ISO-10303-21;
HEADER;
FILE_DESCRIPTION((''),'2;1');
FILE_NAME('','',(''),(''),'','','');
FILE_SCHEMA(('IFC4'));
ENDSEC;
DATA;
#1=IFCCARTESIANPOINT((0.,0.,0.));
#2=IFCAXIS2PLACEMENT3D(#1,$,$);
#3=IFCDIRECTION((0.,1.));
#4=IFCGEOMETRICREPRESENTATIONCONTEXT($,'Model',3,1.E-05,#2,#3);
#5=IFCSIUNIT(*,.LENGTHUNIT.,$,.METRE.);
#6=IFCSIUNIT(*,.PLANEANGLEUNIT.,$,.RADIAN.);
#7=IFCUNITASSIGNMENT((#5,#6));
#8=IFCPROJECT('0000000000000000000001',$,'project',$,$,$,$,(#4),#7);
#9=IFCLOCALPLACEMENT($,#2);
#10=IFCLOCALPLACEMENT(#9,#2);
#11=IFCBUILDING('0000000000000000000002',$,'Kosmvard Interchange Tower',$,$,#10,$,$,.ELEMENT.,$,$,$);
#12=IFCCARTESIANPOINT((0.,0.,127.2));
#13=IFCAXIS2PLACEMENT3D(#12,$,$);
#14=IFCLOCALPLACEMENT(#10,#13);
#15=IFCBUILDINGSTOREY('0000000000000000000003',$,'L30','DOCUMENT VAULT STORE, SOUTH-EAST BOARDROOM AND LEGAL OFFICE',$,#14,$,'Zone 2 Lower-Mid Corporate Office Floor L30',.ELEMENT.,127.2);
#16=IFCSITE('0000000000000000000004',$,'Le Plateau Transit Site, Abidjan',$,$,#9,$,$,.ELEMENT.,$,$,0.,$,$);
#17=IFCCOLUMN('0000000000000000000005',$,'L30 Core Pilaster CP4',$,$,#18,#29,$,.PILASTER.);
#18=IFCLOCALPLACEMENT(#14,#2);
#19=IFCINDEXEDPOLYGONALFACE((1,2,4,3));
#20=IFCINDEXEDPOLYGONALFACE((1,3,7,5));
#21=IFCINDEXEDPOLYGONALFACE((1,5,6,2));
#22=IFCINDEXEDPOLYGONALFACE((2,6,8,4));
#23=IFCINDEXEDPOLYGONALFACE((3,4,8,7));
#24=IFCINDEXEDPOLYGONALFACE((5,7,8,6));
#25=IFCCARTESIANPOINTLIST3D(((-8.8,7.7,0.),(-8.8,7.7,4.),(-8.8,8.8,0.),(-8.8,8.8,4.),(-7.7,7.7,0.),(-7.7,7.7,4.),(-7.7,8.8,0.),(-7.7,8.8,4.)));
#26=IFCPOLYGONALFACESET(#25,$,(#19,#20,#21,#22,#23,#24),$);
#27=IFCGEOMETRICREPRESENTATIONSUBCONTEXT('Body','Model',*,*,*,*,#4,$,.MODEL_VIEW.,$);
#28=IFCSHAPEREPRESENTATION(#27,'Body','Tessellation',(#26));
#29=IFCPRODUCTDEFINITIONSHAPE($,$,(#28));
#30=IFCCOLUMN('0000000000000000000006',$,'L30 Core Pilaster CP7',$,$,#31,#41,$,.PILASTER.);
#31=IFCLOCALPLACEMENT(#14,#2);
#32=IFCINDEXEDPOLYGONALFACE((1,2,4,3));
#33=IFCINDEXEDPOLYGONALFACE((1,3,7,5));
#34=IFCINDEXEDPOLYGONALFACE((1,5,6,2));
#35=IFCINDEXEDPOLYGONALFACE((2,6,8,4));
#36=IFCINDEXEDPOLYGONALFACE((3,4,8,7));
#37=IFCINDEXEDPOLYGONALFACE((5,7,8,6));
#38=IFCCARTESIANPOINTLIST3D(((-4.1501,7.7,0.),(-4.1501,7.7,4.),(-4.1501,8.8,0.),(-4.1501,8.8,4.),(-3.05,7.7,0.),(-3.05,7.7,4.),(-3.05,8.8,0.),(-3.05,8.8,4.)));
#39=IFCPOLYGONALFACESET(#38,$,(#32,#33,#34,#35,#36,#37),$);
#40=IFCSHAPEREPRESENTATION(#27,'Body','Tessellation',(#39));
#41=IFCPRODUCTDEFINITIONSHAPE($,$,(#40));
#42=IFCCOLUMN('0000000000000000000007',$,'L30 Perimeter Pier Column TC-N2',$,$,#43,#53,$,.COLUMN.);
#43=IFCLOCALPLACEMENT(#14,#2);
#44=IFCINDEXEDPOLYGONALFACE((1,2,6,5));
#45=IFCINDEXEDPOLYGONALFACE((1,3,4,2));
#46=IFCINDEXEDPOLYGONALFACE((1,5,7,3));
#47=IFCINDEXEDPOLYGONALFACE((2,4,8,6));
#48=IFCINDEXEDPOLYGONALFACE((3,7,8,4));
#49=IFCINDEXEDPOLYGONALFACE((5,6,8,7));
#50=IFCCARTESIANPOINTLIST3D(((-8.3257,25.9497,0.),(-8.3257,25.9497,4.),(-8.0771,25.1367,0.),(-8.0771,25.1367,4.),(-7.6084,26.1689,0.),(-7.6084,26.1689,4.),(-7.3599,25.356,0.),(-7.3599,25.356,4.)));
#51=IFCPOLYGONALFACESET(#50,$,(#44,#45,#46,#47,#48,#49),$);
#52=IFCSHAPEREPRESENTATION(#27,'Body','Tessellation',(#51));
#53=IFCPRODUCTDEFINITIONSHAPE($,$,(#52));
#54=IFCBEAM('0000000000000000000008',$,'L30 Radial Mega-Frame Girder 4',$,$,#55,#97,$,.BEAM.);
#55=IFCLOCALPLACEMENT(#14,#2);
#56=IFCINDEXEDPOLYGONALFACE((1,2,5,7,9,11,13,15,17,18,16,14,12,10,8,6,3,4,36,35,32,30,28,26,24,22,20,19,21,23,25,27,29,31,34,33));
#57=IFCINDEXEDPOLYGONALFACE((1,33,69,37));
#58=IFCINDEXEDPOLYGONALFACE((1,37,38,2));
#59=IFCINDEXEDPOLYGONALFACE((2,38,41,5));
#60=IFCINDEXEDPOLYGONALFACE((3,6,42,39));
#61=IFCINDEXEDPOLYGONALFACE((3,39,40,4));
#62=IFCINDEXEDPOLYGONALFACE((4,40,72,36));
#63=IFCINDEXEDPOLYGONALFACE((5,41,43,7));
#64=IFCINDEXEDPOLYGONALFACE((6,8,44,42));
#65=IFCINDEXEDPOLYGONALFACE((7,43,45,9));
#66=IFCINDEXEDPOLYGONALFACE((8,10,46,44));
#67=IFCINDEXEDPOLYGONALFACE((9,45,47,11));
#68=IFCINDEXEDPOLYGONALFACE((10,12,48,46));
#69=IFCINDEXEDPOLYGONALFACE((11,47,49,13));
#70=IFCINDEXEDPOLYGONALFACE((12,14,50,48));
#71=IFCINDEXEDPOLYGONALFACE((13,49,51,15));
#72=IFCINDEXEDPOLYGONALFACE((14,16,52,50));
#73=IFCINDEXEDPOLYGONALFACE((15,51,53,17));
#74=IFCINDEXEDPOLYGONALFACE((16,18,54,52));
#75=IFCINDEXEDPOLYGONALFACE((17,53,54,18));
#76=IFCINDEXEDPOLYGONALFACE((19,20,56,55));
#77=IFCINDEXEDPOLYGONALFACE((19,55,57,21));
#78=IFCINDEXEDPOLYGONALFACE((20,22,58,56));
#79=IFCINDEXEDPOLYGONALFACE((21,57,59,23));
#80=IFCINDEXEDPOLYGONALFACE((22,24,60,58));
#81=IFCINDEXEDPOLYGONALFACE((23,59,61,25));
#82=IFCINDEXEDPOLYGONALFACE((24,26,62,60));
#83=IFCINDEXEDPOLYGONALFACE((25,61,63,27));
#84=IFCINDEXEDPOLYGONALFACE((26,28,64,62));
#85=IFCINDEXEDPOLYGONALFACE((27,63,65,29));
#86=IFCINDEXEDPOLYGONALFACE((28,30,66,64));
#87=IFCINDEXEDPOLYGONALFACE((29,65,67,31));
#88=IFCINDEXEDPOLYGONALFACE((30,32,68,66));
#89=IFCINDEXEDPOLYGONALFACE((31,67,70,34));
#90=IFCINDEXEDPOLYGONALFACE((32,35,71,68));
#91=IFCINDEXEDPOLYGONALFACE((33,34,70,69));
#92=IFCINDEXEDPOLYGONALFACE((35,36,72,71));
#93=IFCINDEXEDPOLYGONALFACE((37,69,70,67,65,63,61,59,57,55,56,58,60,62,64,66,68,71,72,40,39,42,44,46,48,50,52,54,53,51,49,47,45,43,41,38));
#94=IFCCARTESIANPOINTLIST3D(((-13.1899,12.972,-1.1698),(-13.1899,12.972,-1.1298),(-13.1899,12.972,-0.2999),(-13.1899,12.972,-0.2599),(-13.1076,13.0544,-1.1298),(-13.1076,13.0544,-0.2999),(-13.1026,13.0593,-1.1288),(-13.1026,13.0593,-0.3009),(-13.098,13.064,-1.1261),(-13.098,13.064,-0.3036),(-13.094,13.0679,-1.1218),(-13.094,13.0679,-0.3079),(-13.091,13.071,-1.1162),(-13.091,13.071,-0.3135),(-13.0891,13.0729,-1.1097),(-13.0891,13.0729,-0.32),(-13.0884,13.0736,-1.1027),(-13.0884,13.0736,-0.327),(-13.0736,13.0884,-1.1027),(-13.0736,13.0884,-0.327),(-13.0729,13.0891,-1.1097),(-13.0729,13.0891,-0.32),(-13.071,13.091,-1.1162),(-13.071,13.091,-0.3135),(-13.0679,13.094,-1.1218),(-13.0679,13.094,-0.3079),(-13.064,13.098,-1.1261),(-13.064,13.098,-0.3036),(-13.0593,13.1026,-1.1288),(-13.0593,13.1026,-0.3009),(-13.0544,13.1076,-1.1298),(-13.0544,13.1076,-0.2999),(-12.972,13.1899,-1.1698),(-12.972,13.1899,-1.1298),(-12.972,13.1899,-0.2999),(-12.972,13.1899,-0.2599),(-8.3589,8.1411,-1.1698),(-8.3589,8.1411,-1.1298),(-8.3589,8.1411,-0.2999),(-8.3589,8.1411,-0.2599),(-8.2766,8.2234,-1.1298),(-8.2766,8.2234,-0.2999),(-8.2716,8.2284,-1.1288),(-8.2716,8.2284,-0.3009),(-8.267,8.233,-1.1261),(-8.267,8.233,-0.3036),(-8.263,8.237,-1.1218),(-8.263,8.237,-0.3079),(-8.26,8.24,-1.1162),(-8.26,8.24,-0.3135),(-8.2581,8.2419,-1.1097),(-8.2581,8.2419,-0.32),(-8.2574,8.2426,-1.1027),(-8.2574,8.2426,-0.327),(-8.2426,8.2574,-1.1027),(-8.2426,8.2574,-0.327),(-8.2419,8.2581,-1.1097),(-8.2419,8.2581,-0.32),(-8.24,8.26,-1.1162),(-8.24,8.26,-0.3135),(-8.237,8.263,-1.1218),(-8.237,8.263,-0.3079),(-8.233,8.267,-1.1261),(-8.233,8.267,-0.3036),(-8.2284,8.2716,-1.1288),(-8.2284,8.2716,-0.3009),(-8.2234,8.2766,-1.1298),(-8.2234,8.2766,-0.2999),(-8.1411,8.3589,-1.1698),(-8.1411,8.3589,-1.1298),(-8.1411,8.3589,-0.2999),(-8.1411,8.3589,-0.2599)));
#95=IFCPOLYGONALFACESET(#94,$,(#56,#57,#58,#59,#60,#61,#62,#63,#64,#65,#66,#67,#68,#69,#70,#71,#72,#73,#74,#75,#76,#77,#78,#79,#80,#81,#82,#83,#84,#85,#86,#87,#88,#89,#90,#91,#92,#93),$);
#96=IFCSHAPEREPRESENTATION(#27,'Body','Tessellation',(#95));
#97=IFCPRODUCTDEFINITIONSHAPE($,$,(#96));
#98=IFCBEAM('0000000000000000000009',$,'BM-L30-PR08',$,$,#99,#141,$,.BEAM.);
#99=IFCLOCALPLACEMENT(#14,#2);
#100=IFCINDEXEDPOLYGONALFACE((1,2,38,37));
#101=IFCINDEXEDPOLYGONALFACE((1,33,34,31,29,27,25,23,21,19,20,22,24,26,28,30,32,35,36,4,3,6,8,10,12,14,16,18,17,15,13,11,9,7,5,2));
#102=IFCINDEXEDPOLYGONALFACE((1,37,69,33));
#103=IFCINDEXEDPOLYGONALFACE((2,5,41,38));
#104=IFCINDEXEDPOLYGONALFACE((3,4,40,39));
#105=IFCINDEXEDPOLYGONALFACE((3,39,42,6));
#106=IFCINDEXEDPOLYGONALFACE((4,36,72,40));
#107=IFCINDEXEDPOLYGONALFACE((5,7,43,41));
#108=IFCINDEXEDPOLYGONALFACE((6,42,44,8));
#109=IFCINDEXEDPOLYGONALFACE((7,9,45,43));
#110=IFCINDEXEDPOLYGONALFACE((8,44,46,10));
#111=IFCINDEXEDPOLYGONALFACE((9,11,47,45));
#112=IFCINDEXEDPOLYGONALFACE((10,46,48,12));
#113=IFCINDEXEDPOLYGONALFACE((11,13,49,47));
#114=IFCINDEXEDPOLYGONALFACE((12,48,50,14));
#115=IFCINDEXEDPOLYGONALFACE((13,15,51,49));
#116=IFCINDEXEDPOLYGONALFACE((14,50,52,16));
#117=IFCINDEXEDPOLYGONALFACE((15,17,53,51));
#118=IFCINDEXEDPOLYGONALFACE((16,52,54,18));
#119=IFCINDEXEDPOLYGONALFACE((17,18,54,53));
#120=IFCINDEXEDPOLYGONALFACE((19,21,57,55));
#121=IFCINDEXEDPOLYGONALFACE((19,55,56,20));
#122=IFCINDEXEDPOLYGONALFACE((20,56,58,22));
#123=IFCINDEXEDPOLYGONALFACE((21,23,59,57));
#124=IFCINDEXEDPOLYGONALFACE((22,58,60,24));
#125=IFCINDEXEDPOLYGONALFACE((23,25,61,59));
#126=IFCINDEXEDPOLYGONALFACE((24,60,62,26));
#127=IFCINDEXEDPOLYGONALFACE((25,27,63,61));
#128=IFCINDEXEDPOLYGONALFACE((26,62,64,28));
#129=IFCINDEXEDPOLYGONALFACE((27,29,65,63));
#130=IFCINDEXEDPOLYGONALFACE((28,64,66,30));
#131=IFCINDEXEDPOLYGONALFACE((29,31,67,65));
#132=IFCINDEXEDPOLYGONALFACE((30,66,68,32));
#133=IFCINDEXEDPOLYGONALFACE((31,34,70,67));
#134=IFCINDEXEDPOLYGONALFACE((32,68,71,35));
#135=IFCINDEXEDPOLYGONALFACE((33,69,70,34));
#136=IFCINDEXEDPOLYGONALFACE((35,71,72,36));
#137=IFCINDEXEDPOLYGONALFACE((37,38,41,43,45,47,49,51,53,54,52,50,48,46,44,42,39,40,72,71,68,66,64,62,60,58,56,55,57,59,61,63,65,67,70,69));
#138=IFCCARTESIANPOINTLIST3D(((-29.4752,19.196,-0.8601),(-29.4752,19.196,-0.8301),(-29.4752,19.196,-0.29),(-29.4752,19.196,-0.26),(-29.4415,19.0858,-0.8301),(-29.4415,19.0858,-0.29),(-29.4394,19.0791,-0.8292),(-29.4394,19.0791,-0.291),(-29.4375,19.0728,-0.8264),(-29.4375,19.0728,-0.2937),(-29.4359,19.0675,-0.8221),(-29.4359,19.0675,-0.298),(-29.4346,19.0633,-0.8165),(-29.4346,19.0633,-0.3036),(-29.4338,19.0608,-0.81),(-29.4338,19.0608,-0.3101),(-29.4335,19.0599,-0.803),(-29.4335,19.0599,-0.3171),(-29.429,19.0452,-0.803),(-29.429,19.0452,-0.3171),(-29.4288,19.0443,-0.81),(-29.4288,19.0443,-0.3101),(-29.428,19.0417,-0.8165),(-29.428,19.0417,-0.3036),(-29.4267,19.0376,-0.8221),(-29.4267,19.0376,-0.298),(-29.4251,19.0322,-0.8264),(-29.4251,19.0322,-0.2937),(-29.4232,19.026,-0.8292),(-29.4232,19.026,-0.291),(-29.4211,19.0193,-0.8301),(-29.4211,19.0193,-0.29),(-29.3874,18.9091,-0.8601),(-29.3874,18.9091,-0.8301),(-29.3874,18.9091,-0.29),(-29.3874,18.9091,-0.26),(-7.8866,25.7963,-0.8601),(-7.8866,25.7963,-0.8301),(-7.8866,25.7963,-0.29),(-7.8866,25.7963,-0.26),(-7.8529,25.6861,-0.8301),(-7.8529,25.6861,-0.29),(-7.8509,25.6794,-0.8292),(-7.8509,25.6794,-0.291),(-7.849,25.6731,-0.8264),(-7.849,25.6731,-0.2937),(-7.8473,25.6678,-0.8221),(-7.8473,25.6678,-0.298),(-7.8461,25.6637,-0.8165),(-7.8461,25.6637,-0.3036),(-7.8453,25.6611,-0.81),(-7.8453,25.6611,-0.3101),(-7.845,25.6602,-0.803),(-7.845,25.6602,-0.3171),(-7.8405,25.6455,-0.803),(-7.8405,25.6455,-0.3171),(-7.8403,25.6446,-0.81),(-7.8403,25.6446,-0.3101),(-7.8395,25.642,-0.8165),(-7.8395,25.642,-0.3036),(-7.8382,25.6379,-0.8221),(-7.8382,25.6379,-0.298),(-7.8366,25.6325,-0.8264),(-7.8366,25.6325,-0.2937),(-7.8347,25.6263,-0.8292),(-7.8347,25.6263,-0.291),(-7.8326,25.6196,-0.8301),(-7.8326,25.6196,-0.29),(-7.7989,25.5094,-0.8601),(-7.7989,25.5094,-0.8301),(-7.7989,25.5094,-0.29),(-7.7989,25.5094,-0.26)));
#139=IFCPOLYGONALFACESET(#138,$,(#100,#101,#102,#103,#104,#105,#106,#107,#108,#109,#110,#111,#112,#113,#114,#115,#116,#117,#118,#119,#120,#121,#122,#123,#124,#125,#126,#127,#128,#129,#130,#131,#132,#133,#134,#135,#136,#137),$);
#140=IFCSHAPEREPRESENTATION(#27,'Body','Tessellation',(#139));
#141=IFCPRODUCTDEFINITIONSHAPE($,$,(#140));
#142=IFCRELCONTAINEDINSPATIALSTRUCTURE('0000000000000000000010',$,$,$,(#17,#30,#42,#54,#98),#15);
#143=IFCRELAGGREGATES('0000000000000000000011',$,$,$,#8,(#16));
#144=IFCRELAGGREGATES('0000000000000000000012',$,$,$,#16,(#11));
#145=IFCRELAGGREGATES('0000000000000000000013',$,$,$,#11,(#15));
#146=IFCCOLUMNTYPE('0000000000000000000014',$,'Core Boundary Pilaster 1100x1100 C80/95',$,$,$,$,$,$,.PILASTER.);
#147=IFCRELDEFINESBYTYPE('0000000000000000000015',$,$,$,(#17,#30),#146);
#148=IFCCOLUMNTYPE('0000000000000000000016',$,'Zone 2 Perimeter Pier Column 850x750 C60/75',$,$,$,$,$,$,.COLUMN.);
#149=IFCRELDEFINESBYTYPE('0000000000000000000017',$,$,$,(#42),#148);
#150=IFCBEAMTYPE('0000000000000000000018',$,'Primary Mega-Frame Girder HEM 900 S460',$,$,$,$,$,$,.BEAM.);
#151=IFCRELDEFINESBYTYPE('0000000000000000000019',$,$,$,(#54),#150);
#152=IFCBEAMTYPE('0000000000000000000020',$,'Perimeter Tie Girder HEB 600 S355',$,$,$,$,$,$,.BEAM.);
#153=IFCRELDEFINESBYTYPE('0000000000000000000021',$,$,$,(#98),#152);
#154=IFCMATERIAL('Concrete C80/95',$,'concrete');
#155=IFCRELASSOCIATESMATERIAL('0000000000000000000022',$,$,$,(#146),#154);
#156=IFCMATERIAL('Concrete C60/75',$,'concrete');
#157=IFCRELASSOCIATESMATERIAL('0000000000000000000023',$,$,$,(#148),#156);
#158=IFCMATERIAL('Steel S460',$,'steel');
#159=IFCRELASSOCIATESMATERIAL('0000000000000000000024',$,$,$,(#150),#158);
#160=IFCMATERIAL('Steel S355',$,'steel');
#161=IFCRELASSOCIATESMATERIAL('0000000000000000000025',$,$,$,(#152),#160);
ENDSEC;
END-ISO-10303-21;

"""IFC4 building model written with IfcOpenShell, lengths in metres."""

from ifc_helpers import new_model, si_unit, direction, frame, origin, origin_2d, place, context, subcontext, project, spatial, rectangle, i_section, extrude, source, transform, mapped, material, material_profile, profile_set, type_object, element, save


model = new_model("IFC4")

# Units and contexts
model_context = context("Model", 3, precision=1e-05, world=origin(), true_north=direction((0.0, 1.0)))
body_context = subcontext(model_context, "Body", "Model", "MODEL_VIEW")
ifc_project = project(units=[si_unit("LENGTHUNIT", "METRE"), si_unit("PLANEANGLEUNIT", "RADIAN")], contexts=[model_context])

# Site, building, storey
site_placement = place(None, origin())
site = spatial("IfcSite", under=ifc_project, at=site_placement, Name="Le Plateau Transit Site, Abidjan", CompositionType="ELEMENT", RefElevation=0.0)
building_placement = place(site_placement, origin())
building = spatial("IfcBuilding", under=site, at=building_placement, Name="Kosmvard Interchange Tower", CompositionType="ELEMENT")
storey_placement = place(building_placement, frame((0.0, 0.0, 127.2)))
storey = spatial("IfcBuildingStorey", under=building, at=storey_placement, Name="L30", Description="DOCUMENT VAULT STORE, SOUTH-EAST BOARDROOM AND LEGAL OFFICE", LongName="Zone 2 Lower-Mid Corporate Office Floor L30", CompositionType="ELEMENT", Elevation=127.2)

# Columns
ifc_material_1 = material(Name="Concrete C80/95", Category="concrete")
ifc_material_profile_1 = material_profile(ifc_material_1, rectangle(XDim=1.1001, YDim=1.1001, at=origin_2d()), Name="CP 1100x1100")
ifc_profile_set_1 = profile_set([ifc_material_profile_1], Name="Concrete C80/95")
column_type_1 = type_object("IfcColumnType", Name="Core Boundary Pilaster 1100x1100 C80/95", PredefinedType="PILASTER", material=ifc_profile_set_1)
shared_shape_1 = source(origin(), body_context, "Body", "SweptSolid", [
    extrude(rectangle(XDim=1.1001, YDim=1.1001, at=origin_2d()), origin(), (0.0, 0.0, 1.0), 4.0),
])
for number, where, z_axis, x_axis, name in (
    (1, (-8.25, 8.25, 0.0), (0.0, 0.0, 1.0), (1.0, 0.0, 0.0), "L30 Core Pilaster CP4"),
    (2, (-3.6001, 8.25, 0.0), (0.0, 0.0, 1.0), (1.0, 0.0, 0.0), "L30 Core Pilaster CP7"),
):
    element("IfcColumn", number, at=place(storey_placement, frame(where, z_axis=z_axis, x_axis=x_axis)), inside=storey, type_object=column_type_1, Name=name, PredefinedType="PILASTER", context=body_context, shape_type="MappedRepresentation", body=[
        mapped(shared_shape_1, transform((0.0, 0.0, 0.0), scale=1.0)),
    ])
ifc_material_2 = material(Name="Concrete C60/75", Category="concrete")
ifc_material_profile_2 = material_profile(ifc_material_2, rectangle(XDim=0.75, YDim=0.8501, at=origin_2d()), Name="TC 850x750")
ifc_profile_set_2 = profile_set([ifc_material_profile_2], Name="Concrete C60/75")
column_type_2 = type_object("IfcColumnType", Name="Zone 2 Perimeter Pier Column 850x750 C60/75", PredefinedType="COLUMN", material=ifc_profile_set_2)
shared_shape_2 = source(origin(), body_context, "Body", "SweptSolid", [
    extrude(rectangle(XDim=0.75, YDim=0.8501, at=origin_2d()), origin(), (0.0, 0.0, 1.0), 4.0),
])
column_placement = place(storey_placement, frame((-7.8428, 25.6528, 0.0), z_axis=(0.0, 0.0, 1.0), x_axis=(0.956305, 0.292372, 0.0)))
element("IfcColumn", 3, at=column_placement, inside=storey, type_object=column_type_2, Name="L30 Perimeter Pier Column TC-N2", PredefinedType="COLUMN", context=body_context, shape_type="MappedRepresentation", body=[
    mapped(shared_shape_2, transform((0.0, 0.0, 0.0), scale=1.0)),
])

# Beams
ifc_material_3 = material(Name="Steel S460", Category="steel")
ifc_material_profile_3 = material_profile(ifc_material_3, i_section(OverallWidth=0.3081, OverallDepth=0.9099, WebThickness=0.021, FlangeThickness=0.04, FilletRadius=0.0271, at=origin_2d()), Name="HEM 900")
ifc_profile_set_3 = profile_set([ifc_material_profile_3], Name="Steel S460")
beam_type_1 = type_object("IfcBeamType", Name="Primary Mega-Frame Girder HEM 900 S460", PredefinedType="BEAM", material=ifc_profile_set_3)
shared_shape_3 = source(origin(), body_context, "Body", "SweptSolid", [
    extrude(i_section(OverallWidth=0.3081, OverallDepth=0.9099, WebThickness=0.021, FlangeThickness=0.04, FilletRadius=0.0271, at=origin_2d()), origin(), (0.0, 0.0, 1.0), 6.832),
])
beam_1_placement = place(storey_placement, frame((-8.25, 8.25, -0.7148), z_axis=(-0.707107, 0.707107, 0.0), x_axis=(-0.707107, -0.707107, 0.0)))
element("IfcBeam", 4, at=beam_1_placement, inside=storey, type_object=beam_type_1, Name="L30 Radial Mega-Frame Girder 4", PredefinedType="BEAM", context=body_context, shape_type="MappedRepresentation", body=[
    mapped(shared_shape_3, transform((0.0, 0.0, 0.0), scale=1.0)),
])
ifc_material_4 = material(Name="Steel S355", Category="steel")
ifc_material_profile_4 = material_profile(ifc_material_4, i_section(OverallWidth=0.3, OverallDepth=0.6001, WebThickness=0.0154, FlangeThickness=0.03, FilletRadius=0.0271, at=origin_2d()), Name="HEB 600")
ifc_profile_set_4 = profile_set([ifc_material_profile_4], Name="Steel S355")
beam_type_2 = type_object("IfcBeamType", Name="Perimeter Tie Girder HEB 600 S355", PredefinedType="BEAM", material=ifc_profile_set_4)
shared_shape_4 = source(origin(), body_context, "Body", "SweptSolid", [
    extrude(i_section(OverallWidth=0.3, OverallDepth=0.6001, WebThickness=0.0154, FlangeThickness=0.03, FilletRadius=0.0271, at=origin_2d()), origin(), (0.0, 0.0, 1.0), 22.575),
])
beam_2_placement = place(storey_placement, frame((-7.8428, 25.6528, -0.5601), z_axis=(-0.956304, -0.292373, 0.0), x_axis=(0.292373, -0.956304, 0.0)))
element("IfcBeam", 5, at=beam_2_placement, inside=storey, type_object=beam_type_2, Name="BM-L30-PR08", PredefinedType="BEAM", context=body_context, shape_type="MappedRepresentation", body=[
    mapped(shared_shape_4, transform((0.0, 0.0, 0.0), scale=1.0)),
])

save(model, "model.ifc")
